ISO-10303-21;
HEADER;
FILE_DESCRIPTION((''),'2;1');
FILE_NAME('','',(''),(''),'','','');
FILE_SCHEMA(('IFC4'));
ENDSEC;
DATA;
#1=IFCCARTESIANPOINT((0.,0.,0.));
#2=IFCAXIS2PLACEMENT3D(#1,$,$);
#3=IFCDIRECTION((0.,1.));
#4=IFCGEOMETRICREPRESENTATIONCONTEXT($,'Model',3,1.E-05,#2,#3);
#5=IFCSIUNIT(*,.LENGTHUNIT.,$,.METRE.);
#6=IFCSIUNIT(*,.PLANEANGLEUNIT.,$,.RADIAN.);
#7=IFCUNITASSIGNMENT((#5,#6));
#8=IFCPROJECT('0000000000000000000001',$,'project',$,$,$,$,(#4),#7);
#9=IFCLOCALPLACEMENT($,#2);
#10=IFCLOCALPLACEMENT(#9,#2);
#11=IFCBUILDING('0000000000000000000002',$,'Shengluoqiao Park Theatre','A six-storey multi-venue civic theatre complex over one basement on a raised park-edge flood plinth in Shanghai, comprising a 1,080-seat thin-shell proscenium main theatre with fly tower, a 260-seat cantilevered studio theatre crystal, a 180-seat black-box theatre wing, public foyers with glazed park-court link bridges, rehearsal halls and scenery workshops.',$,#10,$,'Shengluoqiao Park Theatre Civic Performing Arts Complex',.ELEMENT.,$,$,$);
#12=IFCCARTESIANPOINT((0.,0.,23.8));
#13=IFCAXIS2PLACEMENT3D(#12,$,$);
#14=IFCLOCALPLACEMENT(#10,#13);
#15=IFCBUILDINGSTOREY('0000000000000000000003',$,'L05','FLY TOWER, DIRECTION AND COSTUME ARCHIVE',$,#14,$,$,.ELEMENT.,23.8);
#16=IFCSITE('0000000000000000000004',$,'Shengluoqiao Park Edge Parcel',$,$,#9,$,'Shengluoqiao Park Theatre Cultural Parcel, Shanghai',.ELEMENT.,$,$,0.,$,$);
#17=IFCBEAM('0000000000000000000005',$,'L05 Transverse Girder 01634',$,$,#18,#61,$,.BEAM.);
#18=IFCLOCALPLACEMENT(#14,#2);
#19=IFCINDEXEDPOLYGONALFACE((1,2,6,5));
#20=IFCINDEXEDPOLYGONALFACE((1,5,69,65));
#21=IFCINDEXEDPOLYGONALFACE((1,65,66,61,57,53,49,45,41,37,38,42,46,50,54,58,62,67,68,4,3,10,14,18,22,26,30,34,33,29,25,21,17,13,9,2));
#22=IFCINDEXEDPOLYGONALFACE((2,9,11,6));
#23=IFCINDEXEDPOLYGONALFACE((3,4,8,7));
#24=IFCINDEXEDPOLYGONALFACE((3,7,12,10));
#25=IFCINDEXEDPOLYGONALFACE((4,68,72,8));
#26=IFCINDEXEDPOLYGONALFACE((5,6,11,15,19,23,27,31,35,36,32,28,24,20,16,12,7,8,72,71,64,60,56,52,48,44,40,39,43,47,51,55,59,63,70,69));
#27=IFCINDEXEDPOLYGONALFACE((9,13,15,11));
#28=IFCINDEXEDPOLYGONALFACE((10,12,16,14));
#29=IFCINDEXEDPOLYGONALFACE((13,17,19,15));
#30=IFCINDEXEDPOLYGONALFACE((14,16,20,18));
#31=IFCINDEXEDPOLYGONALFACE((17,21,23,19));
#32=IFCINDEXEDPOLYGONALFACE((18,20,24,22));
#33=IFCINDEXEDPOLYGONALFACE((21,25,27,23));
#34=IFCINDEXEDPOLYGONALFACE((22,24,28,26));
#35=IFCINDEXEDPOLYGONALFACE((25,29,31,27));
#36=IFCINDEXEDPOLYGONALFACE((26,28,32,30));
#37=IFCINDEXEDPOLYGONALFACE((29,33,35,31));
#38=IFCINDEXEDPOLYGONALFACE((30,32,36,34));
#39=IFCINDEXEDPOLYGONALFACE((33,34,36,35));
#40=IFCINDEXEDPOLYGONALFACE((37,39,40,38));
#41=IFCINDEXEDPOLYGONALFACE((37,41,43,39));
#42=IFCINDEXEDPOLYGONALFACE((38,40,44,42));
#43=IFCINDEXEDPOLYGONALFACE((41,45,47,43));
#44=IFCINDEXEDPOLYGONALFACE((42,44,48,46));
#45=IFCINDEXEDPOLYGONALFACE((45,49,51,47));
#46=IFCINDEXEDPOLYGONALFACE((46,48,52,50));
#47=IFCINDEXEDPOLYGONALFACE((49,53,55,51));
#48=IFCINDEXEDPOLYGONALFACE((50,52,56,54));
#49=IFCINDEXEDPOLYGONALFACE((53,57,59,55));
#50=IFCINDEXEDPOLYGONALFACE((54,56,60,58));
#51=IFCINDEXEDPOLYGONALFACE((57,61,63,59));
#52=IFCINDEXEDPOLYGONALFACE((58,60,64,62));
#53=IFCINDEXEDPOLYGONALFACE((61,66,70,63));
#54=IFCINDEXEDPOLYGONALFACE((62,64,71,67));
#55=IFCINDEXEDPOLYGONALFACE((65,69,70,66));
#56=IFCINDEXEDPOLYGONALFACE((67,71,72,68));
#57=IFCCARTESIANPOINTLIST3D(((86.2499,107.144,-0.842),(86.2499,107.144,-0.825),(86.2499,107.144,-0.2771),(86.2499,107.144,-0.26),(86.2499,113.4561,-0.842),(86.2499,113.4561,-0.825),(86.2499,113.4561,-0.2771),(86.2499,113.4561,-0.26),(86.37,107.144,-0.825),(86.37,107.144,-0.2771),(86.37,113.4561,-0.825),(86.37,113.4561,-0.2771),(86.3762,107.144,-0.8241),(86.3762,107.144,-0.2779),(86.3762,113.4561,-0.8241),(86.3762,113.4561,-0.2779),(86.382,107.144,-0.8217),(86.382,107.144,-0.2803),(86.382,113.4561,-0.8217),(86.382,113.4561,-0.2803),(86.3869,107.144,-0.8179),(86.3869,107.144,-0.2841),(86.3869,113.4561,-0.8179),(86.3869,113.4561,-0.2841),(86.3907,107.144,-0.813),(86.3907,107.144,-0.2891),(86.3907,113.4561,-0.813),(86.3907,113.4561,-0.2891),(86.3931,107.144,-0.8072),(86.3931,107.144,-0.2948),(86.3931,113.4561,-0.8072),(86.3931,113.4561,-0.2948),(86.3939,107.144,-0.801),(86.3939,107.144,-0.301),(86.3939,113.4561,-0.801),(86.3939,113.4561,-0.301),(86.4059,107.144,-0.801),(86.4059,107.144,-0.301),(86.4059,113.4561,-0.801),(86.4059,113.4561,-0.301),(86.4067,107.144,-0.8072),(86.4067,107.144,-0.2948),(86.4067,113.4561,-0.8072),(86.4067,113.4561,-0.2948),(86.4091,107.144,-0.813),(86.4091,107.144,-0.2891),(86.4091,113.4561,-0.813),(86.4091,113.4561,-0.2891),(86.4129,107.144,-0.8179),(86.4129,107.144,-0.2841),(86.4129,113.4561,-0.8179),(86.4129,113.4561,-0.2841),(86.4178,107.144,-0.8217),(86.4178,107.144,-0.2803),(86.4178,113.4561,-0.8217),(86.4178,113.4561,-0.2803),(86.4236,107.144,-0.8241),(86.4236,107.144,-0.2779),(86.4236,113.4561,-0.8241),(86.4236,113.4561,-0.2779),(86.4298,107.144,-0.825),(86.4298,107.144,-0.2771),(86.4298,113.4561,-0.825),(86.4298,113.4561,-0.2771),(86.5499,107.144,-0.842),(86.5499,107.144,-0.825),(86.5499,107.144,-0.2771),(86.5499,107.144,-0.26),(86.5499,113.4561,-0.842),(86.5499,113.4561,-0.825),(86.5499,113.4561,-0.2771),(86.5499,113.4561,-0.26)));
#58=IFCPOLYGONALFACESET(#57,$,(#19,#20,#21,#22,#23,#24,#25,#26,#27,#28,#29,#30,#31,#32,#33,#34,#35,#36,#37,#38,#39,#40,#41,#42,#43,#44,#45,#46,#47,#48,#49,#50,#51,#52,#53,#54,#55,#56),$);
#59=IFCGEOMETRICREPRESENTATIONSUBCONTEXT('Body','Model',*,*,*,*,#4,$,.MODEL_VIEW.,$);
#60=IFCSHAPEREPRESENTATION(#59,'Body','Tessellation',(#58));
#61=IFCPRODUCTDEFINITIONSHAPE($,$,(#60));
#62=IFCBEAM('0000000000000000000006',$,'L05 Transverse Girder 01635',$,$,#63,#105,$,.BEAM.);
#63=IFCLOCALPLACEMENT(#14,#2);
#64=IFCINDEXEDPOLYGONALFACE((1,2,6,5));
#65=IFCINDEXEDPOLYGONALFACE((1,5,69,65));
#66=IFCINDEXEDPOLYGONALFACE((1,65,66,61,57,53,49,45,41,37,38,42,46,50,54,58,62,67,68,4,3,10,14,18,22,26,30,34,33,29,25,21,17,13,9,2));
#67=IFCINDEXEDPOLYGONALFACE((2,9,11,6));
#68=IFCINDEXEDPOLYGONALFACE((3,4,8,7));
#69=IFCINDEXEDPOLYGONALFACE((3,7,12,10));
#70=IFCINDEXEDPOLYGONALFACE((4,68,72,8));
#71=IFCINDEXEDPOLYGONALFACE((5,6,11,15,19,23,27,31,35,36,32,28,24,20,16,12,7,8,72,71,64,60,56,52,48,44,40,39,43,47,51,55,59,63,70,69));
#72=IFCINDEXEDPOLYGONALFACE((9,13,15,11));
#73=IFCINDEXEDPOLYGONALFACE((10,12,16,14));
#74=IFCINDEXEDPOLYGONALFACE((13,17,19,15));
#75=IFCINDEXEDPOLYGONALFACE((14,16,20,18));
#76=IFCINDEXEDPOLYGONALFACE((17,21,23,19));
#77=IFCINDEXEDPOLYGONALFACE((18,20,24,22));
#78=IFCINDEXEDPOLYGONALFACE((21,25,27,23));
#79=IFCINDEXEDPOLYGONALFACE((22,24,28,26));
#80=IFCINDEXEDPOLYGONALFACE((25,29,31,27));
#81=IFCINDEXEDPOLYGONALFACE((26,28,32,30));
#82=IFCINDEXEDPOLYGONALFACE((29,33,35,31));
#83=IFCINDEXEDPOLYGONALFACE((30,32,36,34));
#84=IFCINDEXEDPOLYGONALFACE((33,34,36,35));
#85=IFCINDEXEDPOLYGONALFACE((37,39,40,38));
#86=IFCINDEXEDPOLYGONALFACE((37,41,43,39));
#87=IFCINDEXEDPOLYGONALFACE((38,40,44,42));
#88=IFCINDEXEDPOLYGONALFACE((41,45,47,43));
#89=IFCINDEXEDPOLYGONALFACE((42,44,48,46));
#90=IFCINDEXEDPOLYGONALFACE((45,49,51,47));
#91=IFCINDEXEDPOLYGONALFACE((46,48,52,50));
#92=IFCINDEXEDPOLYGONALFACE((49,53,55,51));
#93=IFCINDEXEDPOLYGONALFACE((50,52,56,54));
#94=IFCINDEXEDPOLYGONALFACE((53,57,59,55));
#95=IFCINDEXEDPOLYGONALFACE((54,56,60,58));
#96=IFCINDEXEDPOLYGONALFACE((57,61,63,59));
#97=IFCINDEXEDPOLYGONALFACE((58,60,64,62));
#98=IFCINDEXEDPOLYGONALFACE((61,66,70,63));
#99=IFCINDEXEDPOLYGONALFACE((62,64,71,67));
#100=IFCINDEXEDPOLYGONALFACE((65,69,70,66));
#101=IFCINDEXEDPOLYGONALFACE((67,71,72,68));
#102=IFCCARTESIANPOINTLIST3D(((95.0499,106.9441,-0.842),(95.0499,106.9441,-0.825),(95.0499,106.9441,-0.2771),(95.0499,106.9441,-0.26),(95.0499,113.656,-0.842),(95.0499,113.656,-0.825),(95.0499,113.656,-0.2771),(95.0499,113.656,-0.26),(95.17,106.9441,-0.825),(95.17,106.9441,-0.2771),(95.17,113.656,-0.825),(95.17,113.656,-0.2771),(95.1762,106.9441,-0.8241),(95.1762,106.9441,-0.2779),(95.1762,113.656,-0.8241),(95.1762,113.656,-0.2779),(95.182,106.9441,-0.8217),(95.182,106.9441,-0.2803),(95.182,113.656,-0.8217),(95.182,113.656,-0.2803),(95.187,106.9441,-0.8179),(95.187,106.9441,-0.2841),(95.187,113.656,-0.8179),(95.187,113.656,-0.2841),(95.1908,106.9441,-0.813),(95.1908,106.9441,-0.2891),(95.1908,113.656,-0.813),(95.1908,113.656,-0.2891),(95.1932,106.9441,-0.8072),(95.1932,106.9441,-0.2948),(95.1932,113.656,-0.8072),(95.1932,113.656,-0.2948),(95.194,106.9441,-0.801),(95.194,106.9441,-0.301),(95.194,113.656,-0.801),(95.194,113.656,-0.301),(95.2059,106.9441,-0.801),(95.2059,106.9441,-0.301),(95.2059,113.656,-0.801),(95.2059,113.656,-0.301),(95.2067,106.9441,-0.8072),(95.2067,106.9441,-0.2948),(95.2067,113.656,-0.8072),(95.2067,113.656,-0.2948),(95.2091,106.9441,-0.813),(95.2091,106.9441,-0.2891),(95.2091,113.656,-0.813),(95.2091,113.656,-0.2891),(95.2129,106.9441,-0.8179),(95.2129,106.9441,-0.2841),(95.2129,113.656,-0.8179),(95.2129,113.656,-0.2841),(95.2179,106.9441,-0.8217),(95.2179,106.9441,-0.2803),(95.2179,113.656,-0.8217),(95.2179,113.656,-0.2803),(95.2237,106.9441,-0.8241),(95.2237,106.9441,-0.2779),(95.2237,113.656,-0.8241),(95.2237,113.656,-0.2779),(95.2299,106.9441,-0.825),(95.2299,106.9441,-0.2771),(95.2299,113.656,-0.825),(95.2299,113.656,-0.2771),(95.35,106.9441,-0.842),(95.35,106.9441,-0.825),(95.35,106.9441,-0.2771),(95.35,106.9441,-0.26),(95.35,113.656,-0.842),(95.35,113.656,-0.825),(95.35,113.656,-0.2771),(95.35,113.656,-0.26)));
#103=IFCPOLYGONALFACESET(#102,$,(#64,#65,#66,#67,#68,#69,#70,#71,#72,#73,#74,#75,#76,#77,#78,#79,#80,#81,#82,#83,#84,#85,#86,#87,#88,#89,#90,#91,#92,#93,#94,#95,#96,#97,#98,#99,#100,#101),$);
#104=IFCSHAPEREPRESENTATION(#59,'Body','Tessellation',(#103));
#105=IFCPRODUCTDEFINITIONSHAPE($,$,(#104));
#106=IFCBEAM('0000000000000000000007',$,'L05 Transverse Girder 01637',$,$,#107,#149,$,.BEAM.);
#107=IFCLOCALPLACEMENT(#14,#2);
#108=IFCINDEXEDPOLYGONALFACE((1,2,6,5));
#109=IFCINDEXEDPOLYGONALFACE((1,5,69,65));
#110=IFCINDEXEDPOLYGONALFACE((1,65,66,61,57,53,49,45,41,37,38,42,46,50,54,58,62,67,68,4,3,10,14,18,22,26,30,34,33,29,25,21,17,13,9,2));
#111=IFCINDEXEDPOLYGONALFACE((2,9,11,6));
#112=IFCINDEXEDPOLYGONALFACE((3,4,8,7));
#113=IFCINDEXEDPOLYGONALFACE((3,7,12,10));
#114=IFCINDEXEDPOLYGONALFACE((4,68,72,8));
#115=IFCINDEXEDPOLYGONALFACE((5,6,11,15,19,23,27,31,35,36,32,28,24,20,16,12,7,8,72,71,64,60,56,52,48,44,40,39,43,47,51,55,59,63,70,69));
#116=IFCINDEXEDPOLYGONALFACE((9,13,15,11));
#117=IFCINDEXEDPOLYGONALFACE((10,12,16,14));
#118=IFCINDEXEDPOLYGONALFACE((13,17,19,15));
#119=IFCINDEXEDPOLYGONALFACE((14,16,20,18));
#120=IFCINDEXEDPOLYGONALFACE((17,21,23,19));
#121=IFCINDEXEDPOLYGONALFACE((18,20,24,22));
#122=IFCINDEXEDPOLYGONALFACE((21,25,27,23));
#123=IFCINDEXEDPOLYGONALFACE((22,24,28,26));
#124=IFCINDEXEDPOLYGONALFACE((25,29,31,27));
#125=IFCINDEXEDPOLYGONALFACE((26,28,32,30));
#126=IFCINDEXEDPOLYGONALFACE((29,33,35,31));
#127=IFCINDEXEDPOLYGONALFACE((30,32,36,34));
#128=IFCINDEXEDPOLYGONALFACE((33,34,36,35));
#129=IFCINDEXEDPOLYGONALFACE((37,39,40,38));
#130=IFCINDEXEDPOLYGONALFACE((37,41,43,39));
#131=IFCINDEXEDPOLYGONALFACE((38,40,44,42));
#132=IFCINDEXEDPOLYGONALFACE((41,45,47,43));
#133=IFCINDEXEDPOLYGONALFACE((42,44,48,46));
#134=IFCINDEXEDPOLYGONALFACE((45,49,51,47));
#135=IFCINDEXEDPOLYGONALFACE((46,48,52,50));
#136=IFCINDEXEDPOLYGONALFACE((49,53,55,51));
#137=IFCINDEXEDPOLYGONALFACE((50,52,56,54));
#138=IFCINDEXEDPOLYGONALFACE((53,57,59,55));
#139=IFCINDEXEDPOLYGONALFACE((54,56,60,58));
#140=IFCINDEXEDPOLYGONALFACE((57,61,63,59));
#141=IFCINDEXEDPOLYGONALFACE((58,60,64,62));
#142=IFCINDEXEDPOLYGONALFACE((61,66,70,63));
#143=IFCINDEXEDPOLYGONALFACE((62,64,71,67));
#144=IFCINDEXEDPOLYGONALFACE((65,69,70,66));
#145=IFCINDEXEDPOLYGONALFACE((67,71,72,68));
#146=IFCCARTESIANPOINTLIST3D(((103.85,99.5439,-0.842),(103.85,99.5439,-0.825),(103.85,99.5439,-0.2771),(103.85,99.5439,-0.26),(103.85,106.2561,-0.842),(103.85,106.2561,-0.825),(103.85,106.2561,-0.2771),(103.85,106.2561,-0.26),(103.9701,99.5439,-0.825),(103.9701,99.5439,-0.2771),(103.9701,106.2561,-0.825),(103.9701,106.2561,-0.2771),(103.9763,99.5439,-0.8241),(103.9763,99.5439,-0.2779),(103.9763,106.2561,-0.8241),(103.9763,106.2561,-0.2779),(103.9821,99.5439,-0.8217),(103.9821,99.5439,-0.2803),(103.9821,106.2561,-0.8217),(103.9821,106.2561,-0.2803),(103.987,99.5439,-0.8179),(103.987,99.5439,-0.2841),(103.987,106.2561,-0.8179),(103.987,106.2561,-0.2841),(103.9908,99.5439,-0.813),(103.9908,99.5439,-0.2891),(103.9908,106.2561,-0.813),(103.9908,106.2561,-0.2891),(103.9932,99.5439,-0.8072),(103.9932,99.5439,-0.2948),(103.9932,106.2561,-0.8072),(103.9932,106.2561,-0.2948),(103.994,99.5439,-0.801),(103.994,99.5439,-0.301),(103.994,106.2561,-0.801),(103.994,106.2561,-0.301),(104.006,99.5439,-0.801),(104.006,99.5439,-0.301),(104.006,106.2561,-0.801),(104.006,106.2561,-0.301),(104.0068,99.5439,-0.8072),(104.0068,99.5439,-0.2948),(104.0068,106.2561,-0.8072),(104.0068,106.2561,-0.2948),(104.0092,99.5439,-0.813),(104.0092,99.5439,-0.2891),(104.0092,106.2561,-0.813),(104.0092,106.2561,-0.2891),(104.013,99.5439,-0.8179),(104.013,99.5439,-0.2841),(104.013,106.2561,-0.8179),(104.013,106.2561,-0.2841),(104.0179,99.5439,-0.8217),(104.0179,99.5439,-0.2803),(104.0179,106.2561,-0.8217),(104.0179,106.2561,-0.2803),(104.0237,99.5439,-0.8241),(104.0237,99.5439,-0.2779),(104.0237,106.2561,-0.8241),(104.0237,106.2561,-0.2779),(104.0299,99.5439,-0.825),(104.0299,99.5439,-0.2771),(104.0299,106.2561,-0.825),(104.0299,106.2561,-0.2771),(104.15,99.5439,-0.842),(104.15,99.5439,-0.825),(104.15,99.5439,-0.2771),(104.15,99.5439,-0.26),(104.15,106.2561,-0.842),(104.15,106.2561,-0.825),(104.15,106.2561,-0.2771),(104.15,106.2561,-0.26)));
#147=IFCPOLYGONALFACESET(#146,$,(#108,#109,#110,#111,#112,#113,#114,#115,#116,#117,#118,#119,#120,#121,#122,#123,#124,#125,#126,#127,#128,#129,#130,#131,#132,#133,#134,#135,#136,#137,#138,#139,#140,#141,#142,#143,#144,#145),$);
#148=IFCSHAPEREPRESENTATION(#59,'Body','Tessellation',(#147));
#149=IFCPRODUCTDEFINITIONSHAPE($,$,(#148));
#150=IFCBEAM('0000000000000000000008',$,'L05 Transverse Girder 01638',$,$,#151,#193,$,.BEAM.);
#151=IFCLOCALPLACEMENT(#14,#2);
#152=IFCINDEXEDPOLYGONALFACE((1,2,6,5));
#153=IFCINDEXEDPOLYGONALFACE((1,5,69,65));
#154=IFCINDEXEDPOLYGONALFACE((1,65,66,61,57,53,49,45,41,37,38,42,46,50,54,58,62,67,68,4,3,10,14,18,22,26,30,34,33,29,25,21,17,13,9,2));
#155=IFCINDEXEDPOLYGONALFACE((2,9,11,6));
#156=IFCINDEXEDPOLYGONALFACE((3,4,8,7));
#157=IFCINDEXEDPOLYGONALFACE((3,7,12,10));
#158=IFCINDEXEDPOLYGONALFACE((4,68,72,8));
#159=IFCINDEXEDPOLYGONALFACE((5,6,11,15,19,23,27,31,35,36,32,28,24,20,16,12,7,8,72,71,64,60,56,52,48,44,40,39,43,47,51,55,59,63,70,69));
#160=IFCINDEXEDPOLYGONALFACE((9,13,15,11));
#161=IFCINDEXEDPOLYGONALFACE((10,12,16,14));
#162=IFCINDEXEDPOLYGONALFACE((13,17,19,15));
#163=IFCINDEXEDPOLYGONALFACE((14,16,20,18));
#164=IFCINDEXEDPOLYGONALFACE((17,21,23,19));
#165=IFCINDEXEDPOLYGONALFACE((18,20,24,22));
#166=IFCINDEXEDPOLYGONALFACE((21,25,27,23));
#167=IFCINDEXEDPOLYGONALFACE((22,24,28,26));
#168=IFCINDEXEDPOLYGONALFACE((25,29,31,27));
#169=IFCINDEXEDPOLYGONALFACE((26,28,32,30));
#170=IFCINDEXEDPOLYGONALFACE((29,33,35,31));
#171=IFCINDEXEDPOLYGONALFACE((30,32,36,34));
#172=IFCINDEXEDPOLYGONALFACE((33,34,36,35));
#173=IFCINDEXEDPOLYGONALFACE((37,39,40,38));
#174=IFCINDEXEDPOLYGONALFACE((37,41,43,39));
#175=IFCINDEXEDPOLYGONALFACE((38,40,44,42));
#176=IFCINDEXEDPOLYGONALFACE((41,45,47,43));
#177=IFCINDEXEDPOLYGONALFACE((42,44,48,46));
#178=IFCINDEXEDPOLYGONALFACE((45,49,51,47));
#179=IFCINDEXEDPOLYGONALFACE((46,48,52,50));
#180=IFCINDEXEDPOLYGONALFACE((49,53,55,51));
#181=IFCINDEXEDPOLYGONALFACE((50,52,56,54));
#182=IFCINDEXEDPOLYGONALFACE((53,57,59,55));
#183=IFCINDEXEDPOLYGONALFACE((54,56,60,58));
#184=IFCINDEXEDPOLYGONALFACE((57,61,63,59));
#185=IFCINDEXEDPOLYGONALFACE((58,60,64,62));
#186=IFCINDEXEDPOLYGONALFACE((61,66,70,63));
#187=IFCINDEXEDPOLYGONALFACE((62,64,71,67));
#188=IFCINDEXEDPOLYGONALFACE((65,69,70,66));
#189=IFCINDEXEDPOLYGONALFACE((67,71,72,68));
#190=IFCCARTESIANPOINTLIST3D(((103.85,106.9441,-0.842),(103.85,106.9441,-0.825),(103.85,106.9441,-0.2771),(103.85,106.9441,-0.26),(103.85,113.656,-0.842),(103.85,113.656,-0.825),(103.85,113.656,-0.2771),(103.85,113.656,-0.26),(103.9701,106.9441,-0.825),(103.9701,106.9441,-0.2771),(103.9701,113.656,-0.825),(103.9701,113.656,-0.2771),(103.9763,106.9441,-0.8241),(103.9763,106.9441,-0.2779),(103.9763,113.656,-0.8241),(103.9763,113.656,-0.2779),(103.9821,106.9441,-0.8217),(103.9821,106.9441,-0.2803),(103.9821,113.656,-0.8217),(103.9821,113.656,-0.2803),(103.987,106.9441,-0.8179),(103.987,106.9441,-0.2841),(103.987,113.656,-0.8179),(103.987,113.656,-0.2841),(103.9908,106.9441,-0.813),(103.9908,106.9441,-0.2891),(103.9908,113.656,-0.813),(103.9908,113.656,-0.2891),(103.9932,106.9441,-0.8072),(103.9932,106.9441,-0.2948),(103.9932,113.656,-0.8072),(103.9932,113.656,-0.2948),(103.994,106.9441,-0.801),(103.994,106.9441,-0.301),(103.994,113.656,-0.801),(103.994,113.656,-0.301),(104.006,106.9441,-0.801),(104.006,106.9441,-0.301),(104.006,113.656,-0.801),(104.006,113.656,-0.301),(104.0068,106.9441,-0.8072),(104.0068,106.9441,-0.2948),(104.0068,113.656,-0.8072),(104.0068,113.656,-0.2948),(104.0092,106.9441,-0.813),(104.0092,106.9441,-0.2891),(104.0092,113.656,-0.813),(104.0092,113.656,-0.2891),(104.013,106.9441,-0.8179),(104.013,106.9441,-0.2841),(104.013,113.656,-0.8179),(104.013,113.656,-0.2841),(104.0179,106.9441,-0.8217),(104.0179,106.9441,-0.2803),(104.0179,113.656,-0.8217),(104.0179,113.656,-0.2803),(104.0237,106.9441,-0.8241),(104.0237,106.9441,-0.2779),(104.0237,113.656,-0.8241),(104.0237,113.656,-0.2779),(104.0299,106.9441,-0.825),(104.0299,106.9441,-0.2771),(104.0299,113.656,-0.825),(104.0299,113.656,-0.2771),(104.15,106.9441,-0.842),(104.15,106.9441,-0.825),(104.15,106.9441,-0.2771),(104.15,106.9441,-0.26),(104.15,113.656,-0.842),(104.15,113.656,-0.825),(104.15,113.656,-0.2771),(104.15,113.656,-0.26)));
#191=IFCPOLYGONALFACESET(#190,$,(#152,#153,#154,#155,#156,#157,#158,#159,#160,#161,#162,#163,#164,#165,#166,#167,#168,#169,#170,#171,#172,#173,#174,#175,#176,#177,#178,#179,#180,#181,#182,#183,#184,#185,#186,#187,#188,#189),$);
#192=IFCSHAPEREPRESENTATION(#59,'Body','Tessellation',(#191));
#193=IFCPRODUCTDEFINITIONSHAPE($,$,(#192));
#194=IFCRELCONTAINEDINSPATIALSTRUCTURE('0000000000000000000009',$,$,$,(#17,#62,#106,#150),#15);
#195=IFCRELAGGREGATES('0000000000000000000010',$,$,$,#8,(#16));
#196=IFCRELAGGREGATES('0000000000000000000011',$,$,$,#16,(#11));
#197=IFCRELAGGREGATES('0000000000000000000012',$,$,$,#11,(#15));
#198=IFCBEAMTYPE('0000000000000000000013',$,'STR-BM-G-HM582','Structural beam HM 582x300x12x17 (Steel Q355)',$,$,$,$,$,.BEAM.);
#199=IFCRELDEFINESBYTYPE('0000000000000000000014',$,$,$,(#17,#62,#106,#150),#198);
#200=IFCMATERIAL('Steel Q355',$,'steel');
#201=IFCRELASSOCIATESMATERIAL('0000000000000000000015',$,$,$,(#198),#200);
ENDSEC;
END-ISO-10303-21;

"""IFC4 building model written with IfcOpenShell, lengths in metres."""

from ifc_helpers import new_model, si_unit, direction, frame, origin, origin_2d, place, context, subcontext, project, spatial, i_section, extrude, material, material_profile, profile_set, type_object, element, save


model = new_model("IFC4")

# Units and contexts
model_context = context("Model", 3, precision=1e-05, world=origin(), true_north=direction((0.0, 1.0)))
body_context = subcontext(model_context, "Body", "Model", "MODEL_VIEW")
ifc_project = project(units=[si_unit("LENGTHUNIT", "METRE"), si_unit("PLANEANGLEUNIT", "RADIAN")], contexts=[model_context])

# Site, building, storey
site_placement = place(None, origin())
site = spatial("IfcSite", under=ifc_project, at=site_placement, Name="Shengluoqiao Park Edge Parcel", LongName="Shengluoqiao Park Theatre Cultural Parcel, Shanghai", CompositionType="ELEMENT", RefElevation=0.0)
building_placement = place(site_placement, origin())
building = spatial("IfcBuilding", under=site, at=building_placement, Name="Shengluoqiao Park Theatre", Description="A six-storey multi-venue civic theatre complex over one basement on a raised park-edge flood plinth in Shanghai, comprising a 1,080-seat thin-shell proscenium main theatre with fly tower, a 260-seat cantilevered studio theatre crystal, a 180-seat black-box theatre wing, public foyers with glazed park-court link bridges, rehearsal halls and scenery workshops.", LongName="Shengluoqiao Park Theatre Civic Performing Arts Complex", CompositionType="ELEMENT")
storey_placement = place(building_placement, frame((0.0, 0.0, 23.8)))
storey = spatial("IfcBuildingStorey", under=building, at=storey_placement, Name="L05", Description="FLY TOWER, DIRECTION AND COSTUME ARCHIVE", CompositionType="ELEMENT", Elevation=23.8)

# Beams
ifc_material_1 = material(Name="Steel Q355", Category="steel")
ifc_material_profile_1 = material_profile(ifc_material_1, i_section(OverallWidth=0.3, OverallDepth=0.582, WebThickness=0.012, FlangeThickness=0.0171, FilletRadius=0.0239, at=origin_2d()), Name="HM 582x300x12x17")
ifc_profile_set_1 = profile_set([ifc_material_profile_1], Name="Steel Q355")
beam_type_1 = type_object("IfcBeamType", Name="STR-BM-G-HM582", Description="Structural beam HM 582x300x12x17 (Steel Q355)", PredefinedType="BEAM", material=ifc_profile_set_1)
beam_1_placement = place(storey_placement, frame((86.3999, 107.144, -0.551), z_axis=(0.0, 1.0, 0.0), x_axis=(-1.0, 0.0, 0.0)))
element("IfcBeam", 1, at=beam_1_placement, inside=storey, type_object=beam_type_1, Name="L05 Transverse Girder 01634", PredefinedType="BEAM", context=body_context, shape_type="SweptSolid", body=[
    extrude(i_section(OverallWidth=0.3, OverallDepth=0.582, WebThickness=0.012, FlangeThickness=0.0171, FilletRadius=0.0239, at=origin_2d()), origin(), (0.0, 0.0, 1.0), 6.312),
])
beam_2_placement = place(storey_placement, frame((95.2, 106.9441, -0.551), z_axis=(0.0, 1.0, 0.0), x_axis=(-1.0, 0.0, 0.0)))
element("IfcBeam", 2, at=beam_2_placement, inside=storey, type_object=beam_type_1, Name="L05 Transverse Girder 01635", PredefinedType="BEAM", context=body_context, shape_type="SweptSolid", body=[
    extrude(i_section(OverallWidth=0.3, OverallDepth=0.582, WebThickness=0.012, FlangeThickness=0.0171, FilletRadius=0.0239, at=origin_2d()), origin(), (0.0, 0.0, 1.0), 6.7119),
])
beam_3_placement = place(storey_placement, frame((104.0, 99.5439, -0.551), z_axis=(0.0, 1.0, 0.0), x_axis=(-1.0, 0.0, 0.0)))
element("IfcBeam", 3, at=beam_3_placement, inside=storey, type_object=beam_type_1, Name="L05 Transverse Girder 01637", PredefinedType="BEAM", context=body_context, shape_type="SweptSolid", body=[
    extrude(i_section(OverallWidth=0.3, OverallDepth=0.582, WebThickness=0.012, FlangeThickness=0.0171, FilletRadius=0.0239, at=origin_2d()), origin(), (0.0, 0.0, 1.0), 6.7122),
])
beam_4_placement = place(storey_placement, frame((104.0, 106.9441, -0.551), z_axis=(0.0, 1.0, 0.0), x_axis=(-1.0, 0.0, 0.0)))
element("IfcBeam", 4, at=beam_4_placement, inside=storey, type_object=beam_type_1, Name="L05 Transverse Girder 01638", PredefinedType="BEAM", context=body_context, shape_type="SweptSolid", body=[
    extrude(i_section(OverallWidth=0.3, OverallDepth=0.582, WebThickness=0.012, FlangeThickness=0.0171, FilletRadius=0.0239, at=origin_2d()), origin(), (0.0, 0.0, 1.0), 6.7119),
])

save(model, "model.ifc")
